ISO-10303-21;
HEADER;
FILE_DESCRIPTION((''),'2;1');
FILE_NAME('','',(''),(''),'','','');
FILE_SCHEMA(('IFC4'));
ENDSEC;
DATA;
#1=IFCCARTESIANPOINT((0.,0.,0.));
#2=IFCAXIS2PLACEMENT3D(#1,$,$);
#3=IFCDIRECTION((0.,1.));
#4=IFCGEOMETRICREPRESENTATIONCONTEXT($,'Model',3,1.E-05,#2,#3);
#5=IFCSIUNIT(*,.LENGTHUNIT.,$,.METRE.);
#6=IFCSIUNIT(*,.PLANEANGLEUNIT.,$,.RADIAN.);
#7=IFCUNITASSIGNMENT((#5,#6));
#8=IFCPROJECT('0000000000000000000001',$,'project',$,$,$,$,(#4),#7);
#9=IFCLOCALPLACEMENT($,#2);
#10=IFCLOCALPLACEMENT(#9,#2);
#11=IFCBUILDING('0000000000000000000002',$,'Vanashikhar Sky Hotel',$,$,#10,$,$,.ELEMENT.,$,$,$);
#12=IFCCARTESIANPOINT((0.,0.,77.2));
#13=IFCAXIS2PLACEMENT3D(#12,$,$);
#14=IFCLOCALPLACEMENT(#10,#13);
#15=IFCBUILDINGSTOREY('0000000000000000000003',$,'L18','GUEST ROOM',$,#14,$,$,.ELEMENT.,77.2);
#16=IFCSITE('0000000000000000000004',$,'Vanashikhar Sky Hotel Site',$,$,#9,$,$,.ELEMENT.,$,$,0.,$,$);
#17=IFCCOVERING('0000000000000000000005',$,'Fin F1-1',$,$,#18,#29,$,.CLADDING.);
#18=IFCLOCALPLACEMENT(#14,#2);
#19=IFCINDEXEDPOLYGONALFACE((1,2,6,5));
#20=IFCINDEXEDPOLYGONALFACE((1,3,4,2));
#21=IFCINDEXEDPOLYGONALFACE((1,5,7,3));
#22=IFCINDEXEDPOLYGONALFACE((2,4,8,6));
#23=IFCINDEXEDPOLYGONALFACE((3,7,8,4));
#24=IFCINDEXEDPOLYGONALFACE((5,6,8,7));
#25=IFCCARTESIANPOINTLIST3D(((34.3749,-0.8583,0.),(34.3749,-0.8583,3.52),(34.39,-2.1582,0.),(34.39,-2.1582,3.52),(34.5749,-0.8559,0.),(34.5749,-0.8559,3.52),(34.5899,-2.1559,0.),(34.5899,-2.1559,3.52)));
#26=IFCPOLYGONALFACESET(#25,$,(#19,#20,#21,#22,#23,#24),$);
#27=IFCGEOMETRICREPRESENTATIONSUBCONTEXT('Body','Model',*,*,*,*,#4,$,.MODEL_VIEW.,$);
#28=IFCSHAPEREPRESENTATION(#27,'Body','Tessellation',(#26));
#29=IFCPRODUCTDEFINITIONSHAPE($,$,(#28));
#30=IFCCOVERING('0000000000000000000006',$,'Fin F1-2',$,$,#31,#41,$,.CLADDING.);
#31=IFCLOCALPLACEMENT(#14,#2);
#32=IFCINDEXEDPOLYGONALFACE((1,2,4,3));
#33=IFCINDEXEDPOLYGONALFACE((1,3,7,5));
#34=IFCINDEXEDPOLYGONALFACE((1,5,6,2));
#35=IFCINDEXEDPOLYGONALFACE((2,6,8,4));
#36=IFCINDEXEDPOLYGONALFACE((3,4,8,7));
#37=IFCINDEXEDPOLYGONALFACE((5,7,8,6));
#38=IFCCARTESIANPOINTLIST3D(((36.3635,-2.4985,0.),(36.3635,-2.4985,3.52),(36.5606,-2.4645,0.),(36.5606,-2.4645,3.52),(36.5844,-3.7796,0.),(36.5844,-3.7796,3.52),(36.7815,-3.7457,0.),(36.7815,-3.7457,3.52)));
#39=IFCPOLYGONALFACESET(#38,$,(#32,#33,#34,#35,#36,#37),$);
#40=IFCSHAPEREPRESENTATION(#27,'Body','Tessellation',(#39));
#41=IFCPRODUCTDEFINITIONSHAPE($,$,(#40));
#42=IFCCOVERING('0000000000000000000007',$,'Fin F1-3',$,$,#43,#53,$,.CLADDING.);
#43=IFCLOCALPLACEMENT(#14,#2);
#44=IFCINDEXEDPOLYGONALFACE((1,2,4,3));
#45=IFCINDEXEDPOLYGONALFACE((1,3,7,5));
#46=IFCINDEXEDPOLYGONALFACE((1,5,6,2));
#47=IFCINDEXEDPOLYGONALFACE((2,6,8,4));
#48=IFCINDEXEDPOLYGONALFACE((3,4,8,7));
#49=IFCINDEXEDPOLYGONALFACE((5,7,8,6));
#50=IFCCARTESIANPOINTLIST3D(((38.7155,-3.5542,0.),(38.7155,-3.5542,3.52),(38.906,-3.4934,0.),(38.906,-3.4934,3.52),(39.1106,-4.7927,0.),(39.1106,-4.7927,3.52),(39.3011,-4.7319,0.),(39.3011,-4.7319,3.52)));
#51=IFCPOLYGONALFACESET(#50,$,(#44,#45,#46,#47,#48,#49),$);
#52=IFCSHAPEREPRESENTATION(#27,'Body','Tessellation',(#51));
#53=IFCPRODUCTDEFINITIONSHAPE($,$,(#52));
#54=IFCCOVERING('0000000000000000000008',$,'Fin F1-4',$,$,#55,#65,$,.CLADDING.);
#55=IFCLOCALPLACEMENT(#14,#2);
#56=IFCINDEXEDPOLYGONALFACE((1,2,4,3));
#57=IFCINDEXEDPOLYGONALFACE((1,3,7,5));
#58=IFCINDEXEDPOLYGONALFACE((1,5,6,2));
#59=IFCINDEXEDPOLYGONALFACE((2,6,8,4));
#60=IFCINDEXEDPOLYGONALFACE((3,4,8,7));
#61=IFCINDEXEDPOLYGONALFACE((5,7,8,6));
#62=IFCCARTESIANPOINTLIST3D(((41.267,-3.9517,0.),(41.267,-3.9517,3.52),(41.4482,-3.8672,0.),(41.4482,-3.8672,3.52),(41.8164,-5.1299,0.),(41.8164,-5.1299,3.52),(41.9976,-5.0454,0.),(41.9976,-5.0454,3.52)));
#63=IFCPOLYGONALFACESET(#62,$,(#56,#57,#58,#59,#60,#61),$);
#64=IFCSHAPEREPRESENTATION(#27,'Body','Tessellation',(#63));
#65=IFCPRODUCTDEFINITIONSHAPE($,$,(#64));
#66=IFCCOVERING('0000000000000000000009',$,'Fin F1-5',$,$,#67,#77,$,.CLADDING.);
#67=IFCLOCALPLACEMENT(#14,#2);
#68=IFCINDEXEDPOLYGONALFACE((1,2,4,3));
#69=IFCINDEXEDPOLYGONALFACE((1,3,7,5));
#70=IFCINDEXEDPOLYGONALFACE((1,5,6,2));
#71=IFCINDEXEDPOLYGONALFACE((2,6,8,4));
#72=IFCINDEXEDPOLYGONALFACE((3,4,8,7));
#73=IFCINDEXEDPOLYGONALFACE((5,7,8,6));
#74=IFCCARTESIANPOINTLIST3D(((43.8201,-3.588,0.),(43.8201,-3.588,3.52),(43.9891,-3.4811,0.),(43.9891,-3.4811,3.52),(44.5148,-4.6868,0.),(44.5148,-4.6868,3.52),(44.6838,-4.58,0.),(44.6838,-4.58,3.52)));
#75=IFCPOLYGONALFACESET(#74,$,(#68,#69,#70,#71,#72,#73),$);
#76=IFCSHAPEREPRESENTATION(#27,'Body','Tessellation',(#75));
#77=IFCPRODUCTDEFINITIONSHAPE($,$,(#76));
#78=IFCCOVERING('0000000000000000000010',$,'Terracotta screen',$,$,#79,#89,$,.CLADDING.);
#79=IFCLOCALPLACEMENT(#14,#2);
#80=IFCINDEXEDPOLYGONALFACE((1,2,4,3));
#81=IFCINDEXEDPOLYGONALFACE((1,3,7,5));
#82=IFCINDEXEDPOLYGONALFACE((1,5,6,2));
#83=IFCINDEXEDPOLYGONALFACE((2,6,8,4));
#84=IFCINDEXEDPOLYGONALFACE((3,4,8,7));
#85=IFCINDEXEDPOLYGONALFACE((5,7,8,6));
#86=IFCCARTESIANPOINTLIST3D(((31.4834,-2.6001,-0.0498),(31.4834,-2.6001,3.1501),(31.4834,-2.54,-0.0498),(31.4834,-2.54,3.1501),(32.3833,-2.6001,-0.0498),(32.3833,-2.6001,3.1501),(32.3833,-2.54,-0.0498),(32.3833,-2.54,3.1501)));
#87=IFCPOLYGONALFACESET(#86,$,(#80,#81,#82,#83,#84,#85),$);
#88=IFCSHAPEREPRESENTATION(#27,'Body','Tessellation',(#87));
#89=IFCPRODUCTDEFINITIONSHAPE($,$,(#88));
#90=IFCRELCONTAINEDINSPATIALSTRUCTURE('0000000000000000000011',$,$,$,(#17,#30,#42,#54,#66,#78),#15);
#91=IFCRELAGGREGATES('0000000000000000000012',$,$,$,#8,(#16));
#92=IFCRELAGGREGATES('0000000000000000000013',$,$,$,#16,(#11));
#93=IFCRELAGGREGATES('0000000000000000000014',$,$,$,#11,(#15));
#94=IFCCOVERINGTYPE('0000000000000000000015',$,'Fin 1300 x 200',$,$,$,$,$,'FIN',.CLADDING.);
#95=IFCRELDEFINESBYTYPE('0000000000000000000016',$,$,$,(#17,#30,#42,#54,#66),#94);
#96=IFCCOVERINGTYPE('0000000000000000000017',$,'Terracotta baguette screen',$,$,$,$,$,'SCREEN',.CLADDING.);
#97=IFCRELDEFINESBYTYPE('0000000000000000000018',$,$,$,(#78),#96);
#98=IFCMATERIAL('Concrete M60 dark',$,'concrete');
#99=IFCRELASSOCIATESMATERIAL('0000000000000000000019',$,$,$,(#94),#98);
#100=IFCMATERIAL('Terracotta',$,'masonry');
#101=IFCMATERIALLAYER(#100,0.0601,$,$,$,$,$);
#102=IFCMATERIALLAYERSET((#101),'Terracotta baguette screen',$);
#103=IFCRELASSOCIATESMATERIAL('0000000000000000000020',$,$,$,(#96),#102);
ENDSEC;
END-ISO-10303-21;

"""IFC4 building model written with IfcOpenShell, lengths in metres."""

from ifc_helpers import new_model, si_unit, direction, frame, origin, origin_2d, place, context, subcontext, project, spatial, rectangle, extrude, source, transform, mapped, material, layer, layer_set, material_profile, profile_set, type_object, element, save


model = new_model("IFC4")

# Units and contexts
model_context = context("Model", 3, precision=1e-05, world=origin(), true_north=direction((0.0, 1.0)))
body_context = subcontext(model_context, "Body", "Model", "MODEL_VIEW")
ifc_project = project(units=[si_unit("LENGTHUNIT", "METRE"), si_unit("PLANEANGLEUNIT", "RADIAN")], contexts=[model_context])

# Site, building, storey
site_placement = place(None, origin())
site = spatial("IfcSite", under=ifc_project, at=site_placement, Name="Vanashikhar Sky Hotel Site", CompositionType="ELEMENT", RefElevation=0.0)
building_placement = place(site_placement, origin())
building = spatial("IfcBuilding", under=site, at=building_placement, Name="Vanashikhar Sky Hotel", CompositionType="ELEMENT")
storey_placement = place(building_placement, frame((0.0, 0.0, 77.2)))
storey = spatial("IfcBuildingStorey", under=building, at=storey_placement, Name="L18", Description="GUEST ROOM", CompositionType="ELEMENT", Elevation=77.2)

# Coverings
ifc_material_1 = material(Name="Concrete M60 dark", Category="concrete")
ifc_material_profile = material_profile(ifc_material_1, rectangle(XDim=1.3, YDim=0.2, at=origin_2d()))
ifc_profile_set = profile_set([ifc_material_profile], Name="Fin 1300 x 200")
covering_type_1 = type_object("IfcCoveringType", Name="Fin 1300 x 200", ElementType="FIN", PredefinedType="CLADDING", material=ifc_profile_set)
shared_shape_1 = source(origin(), body_context, "Body", "SweptSolid", [
    extrude(rectangle(XDim=1.3, YDim=0.2, at=origin_2d()), origin(), (0.0, 0.0, 1.0), 3.52),
])
for number, where, z_axis, x_axis, name in (
    (1, (34.4824, -1.5071, 0.0), (0.0, 0.0, 1.0), (0.011589, -0.999933, 0.0), "Fin F1-1"),
    (2, (36.5725, -3.1221, 0.0), (0.0, 0.0, 1.0), (0.1699, -0.985461, 0.0), "Fin F1-2"),
    (3, (39.0083, -4.1431, 0.0), (0.0, 0.0, 1.0), (0.303967, -0.952683, 0.0), "Fin F1-3"),
    (4, (41.6323, -4.4985, 0.0), (0.0, 0.0, 1.0), (0.422618, -0.906308, 0.0), "Fin F1-4"),
    (5, (44.252, -4.084, 0.0), (0.0, 0.0, 1.0), (0.534411, -0.845225, 0.0), "Fin F1-5"),
):
    element("IfcCovering", number, at=place(storey_placement, frame(where, z_axis=z_axis, x_axis=x_axis)), inside=storey, type_object=covering_type_1, Name=name, PredefinedType="CLADDING", context=body_context, shape_type="MappedRepresentation", body=[
        mapped(shared_shape_1, transform((0.0, 0.0, 0.0), scale=1.0)),
    ])
ifc_material_2 = material(Name="Terracotta", Category="masonry")
ifc_layer_1 = layer(ifc_material_2, 0.0601)
ifc_layer_set_1 = layer_set([ifc_layer_1], Name="Terracotta baguette screen")
covering_type_2 = type_object("IfcCoveringType", Name="Terracotta baguette screen", ElementType="SCREEN", PredefinedType="CLADDING", material=ifc_layer_set_1)
shared_shape_2 = source(origin(), body_context, "Body", "SweptSolid", [
    extrude(rectangle(XDim=0.8999, YDim=0.0601, at=origin_2d()), origin(), (0.0, 0.0, 1.0), 3.2),
])
covering_placement = place(storey_placement, frame((31.9333, -2.5701, -0.0498), z_axis=(0.0, 0.0, 1.0), x_axis=(1.0, 0.0, 0.0)))
element("IfcCovering", 6, at=covering_placement, inside=storey, type_object=covering_type_2, Name="Terracotta screen", PredefinedType="CLADDING", context=body_context, shape_type="MappedRepresentation", body=[
    mapped(shared_shape_2, transform((0.0, 0.0, 0.0), scale=1.0)),
])

save(model, "model.ifc")
